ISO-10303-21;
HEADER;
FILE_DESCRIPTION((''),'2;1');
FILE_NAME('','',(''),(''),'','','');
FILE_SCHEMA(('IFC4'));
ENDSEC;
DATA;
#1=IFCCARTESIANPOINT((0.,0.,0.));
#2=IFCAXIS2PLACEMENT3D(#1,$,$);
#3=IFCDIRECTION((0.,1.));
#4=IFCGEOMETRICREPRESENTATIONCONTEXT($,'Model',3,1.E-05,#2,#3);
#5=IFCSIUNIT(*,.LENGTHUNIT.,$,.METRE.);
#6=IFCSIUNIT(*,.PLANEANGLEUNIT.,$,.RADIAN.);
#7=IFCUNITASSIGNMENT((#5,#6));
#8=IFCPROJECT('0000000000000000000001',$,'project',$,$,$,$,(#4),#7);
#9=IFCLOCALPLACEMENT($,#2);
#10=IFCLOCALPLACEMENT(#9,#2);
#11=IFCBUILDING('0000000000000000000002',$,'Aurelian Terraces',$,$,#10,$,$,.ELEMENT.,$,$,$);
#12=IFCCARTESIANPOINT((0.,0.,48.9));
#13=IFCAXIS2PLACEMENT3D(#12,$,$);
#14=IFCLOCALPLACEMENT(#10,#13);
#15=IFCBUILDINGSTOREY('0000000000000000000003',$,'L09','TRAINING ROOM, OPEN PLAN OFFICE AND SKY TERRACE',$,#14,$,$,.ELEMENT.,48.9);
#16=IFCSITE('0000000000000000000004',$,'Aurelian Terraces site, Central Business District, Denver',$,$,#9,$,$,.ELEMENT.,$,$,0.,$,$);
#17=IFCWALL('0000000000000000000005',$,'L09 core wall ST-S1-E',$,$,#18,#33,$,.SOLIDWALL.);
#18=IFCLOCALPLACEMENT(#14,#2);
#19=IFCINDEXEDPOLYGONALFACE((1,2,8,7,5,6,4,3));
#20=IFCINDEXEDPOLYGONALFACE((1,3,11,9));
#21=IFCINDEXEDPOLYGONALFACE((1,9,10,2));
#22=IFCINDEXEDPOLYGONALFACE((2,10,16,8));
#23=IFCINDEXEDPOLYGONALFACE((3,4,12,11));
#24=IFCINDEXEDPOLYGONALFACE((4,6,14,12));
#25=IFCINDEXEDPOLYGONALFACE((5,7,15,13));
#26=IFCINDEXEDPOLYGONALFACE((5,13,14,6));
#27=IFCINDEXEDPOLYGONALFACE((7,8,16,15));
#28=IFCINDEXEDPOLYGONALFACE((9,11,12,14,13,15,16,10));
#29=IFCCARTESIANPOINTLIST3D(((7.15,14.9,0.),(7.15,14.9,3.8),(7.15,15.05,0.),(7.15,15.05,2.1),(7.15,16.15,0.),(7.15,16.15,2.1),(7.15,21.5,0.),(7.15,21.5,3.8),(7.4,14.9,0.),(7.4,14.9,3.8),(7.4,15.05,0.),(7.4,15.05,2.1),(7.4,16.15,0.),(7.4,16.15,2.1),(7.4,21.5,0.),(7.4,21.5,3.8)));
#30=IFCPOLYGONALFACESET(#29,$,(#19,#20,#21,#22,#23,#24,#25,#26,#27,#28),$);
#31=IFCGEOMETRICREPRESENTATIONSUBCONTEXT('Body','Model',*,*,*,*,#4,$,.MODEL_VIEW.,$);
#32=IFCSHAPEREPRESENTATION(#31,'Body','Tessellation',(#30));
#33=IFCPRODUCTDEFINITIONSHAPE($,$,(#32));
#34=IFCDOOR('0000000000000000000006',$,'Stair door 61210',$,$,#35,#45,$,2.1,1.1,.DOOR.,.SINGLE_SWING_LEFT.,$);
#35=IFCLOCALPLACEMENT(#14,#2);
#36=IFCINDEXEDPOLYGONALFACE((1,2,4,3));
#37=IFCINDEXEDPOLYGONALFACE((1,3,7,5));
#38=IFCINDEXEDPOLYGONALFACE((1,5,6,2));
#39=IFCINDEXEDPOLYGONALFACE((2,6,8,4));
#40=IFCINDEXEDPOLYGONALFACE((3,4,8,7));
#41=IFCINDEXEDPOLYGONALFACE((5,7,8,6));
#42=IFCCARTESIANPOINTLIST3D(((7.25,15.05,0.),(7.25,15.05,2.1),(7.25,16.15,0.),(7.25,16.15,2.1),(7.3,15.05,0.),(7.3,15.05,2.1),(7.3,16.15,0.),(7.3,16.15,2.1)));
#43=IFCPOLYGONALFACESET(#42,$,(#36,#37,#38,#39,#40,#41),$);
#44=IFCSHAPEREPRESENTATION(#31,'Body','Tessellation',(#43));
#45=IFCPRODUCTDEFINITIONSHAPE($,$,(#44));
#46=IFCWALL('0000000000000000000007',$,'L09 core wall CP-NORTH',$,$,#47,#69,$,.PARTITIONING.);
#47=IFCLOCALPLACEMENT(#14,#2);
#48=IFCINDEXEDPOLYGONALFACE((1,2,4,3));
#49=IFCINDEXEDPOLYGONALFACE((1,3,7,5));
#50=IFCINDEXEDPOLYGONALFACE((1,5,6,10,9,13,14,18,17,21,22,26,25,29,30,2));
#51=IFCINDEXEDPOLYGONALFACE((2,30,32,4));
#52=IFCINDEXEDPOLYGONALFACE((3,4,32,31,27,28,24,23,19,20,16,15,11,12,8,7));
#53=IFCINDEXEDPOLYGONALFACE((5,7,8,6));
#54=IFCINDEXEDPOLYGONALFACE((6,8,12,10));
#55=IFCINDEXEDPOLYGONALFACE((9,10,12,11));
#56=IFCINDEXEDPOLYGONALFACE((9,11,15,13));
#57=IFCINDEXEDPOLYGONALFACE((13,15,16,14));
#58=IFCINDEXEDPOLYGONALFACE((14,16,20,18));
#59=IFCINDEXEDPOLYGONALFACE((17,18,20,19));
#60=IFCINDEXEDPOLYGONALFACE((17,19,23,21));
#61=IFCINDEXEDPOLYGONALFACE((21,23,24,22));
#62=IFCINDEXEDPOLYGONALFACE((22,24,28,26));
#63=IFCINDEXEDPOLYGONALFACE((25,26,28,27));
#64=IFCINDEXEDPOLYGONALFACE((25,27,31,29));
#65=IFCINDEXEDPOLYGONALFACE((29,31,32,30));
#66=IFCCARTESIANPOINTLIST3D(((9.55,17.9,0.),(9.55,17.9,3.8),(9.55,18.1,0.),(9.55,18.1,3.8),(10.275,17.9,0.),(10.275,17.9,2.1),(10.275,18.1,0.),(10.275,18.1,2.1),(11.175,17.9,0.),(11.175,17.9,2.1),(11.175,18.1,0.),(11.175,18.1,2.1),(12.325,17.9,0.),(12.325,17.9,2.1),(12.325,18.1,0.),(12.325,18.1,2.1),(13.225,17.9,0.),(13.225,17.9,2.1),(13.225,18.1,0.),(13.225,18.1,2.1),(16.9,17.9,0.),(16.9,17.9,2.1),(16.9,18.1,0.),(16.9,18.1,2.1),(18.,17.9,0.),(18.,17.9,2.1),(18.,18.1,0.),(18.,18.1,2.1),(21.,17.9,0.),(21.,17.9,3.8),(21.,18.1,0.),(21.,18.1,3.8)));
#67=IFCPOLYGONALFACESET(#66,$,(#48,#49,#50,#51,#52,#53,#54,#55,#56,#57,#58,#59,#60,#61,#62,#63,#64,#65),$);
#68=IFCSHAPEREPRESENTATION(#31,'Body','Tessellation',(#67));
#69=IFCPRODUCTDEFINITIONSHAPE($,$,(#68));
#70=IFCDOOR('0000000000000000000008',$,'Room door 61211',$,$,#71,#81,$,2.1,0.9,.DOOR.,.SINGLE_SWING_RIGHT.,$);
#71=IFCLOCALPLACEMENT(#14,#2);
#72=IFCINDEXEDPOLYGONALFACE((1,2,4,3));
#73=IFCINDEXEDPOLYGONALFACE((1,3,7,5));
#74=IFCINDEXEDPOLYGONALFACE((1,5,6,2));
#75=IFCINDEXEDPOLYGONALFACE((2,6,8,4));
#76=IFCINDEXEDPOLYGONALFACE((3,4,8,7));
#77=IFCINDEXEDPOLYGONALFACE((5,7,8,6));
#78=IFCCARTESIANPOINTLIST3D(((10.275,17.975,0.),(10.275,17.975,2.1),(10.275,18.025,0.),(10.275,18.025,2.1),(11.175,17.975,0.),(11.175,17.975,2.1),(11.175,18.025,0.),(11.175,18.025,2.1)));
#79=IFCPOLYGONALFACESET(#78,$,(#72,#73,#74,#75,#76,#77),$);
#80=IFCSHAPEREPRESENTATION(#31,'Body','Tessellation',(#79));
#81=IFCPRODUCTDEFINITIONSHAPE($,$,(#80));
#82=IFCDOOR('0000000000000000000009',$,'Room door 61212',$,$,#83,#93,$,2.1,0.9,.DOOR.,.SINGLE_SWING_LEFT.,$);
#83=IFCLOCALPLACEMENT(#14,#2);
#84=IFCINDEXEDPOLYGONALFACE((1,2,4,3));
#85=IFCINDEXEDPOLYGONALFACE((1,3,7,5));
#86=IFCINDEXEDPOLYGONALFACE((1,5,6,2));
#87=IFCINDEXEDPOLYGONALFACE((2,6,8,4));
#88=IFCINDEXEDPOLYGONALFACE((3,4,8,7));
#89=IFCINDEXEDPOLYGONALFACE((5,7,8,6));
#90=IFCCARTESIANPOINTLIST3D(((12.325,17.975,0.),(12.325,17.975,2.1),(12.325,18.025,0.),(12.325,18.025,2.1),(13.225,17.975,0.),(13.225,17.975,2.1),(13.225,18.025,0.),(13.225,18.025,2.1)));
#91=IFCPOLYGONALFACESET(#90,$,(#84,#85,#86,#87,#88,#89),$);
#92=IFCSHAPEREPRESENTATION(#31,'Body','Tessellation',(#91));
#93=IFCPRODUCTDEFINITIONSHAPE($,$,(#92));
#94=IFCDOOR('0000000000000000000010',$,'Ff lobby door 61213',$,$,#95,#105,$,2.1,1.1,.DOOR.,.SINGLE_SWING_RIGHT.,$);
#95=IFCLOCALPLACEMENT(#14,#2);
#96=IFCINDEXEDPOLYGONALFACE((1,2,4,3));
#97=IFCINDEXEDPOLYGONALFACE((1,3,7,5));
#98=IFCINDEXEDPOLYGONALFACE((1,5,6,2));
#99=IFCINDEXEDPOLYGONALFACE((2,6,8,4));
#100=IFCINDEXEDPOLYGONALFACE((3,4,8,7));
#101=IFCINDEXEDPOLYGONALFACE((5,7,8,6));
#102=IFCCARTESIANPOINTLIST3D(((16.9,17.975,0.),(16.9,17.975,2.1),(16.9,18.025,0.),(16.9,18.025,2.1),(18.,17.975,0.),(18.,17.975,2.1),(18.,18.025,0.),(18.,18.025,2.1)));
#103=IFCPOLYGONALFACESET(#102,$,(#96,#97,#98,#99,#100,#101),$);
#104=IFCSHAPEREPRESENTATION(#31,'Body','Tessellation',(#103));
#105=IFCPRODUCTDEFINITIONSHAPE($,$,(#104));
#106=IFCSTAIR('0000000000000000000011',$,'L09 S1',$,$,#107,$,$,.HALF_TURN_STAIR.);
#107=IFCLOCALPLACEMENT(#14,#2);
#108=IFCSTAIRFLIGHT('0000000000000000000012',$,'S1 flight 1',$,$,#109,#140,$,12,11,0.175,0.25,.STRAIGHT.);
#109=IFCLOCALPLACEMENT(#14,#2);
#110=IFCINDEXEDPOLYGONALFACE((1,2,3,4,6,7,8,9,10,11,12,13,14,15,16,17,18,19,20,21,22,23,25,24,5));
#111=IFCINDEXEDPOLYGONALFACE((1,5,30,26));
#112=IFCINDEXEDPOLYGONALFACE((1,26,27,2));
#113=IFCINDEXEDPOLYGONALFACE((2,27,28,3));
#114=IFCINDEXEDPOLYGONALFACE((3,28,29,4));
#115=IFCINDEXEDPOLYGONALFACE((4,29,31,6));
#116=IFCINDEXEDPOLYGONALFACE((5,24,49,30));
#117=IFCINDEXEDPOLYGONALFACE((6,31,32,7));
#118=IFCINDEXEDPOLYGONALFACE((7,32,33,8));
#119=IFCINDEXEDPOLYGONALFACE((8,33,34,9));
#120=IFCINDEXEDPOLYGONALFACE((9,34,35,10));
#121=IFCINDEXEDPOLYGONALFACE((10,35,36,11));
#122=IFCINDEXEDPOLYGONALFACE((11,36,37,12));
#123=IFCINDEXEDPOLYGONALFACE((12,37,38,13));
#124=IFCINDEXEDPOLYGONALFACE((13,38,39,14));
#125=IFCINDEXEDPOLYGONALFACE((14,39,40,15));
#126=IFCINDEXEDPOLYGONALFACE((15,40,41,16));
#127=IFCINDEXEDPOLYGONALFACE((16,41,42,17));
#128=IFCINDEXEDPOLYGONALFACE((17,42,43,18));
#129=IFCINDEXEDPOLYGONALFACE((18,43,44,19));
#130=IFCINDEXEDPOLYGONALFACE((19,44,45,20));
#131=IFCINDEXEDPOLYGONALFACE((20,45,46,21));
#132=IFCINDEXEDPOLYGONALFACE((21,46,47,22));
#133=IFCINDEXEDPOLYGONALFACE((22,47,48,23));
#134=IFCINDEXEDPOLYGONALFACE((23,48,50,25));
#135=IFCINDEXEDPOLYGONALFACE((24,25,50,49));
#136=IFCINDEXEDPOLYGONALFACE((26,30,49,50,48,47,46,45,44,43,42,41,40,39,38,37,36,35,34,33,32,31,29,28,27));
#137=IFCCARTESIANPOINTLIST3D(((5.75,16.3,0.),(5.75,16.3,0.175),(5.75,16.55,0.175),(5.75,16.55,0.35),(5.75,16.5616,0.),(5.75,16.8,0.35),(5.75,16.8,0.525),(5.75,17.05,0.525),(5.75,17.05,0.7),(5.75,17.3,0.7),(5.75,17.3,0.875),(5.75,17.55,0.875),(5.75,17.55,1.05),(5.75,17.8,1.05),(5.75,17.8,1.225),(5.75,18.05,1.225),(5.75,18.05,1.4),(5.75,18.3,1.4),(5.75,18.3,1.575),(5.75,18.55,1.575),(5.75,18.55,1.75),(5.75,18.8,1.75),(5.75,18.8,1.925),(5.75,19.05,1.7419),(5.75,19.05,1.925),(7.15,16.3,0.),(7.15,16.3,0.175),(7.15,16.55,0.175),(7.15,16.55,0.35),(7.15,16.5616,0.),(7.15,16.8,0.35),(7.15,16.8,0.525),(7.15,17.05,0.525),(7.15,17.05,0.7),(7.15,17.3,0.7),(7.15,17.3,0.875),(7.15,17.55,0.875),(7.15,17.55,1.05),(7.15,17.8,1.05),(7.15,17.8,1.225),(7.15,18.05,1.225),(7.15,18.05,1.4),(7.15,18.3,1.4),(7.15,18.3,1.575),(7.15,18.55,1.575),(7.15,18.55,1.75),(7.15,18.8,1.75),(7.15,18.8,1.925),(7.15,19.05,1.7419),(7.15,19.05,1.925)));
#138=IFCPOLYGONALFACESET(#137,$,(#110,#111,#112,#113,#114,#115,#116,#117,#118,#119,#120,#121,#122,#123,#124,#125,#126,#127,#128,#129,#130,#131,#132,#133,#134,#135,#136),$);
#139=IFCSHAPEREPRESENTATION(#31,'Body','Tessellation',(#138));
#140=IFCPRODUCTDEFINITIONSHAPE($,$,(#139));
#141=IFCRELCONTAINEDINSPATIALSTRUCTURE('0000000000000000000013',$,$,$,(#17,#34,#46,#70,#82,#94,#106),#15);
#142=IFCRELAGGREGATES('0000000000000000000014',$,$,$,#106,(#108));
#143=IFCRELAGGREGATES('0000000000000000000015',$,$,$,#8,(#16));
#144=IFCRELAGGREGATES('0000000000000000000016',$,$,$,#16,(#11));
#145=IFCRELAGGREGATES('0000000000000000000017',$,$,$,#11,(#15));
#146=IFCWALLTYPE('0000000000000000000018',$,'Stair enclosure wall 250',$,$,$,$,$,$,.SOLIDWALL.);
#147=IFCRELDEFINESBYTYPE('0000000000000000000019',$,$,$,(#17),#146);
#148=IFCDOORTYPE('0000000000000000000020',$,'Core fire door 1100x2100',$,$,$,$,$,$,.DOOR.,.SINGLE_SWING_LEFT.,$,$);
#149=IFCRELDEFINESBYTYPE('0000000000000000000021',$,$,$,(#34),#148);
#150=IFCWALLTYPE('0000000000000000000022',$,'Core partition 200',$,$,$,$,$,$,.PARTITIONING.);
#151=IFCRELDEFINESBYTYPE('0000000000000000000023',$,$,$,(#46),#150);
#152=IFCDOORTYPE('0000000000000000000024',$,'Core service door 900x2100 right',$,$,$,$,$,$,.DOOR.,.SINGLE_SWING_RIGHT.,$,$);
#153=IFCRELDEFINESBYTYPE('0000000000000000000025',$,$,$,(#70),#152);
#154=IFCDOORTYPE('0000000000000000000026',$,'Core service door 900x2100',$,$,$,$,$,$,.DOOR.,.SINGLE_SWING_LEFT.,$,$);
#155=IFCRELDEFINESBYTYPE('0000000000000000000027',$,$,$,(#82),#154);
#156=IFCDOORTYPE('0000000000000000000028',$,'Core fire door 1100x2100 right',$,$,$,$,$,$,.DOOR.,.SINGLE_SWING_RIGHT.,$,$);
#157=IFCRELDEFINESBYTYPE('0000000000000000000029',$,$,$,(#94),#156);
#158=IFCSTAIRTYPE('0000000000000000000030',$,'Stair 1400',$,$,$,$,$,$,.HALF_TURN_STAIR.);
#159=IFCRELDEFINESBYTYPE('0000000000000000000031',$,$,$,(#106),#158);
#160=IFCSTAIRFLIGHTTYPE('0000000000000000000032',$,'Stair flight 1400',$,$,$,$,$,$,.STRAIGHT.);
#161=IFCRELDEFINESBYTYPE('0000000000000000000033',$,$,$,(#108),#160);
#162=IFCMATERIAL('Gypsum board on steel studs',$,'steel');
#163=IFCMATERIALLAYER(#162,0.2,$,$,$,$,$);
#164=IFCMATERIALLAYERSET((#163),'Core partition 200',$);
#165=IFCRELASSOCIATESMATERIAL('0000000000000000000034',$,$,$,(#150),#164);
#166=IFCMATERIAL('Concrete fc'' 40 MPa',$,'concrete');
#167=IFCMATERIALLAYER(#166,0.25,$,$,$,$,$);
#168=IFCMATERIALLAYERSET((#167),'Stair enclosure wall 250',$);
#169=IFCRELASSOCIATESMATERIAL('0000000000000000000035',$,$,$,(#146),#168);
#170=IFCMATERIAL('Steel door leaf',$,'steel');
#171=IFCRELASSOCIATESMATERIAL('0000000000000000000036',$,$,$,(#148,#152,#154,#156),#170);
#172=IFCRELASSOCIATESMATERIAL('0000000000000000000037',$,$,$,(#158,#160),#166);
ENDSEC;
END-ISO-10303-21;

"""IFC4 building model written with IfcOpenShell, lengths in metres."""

from ifc_helpers import new_model, si_unit, direction, frame, frame_2d, origin, place, context, subcontext, project, spatial, polyline, rectangle, outline, extrude, source, transform, mapped, material, layer, layer_set, type_object, element, fill, aggregate, save


model = new_model("IFC4")

# Units and contexts
model_context = context("Model", 3, precision=1e-05, world=origin(), true_north=direction((0.0, 1.0)))
body_context = subcontext(model_context, "Body", "Model", "MODEL_VIEW")
ifc_project = project(units=[si_unit("LENGTHUNIT", "METRE"), si_unit("PLANEANGLEUNIT", "RADIAN")], contexts=[model_context])

# Site, building, storey
site_placement = place(None, origin())
site = spatial("IfcSite", under=ifc_project, at=site_placement, Name="Aurelian Terraces site, Central Business District, Denver", CompositionType="ELEMENT", RefElevation=0.0)
building_placement = place(site_placement, origin())
building = spatial("IfcBuilding", under=site, at=building_placement, Name="Aurelian Terraces", CompositionType="ELEMENT")
storey_placement = place(building_placement, frame((0.0, 0.0, 48.9)))
storey = spatial("IfcBuildingStorey", under=building, at=storey_placement, Name="L09", Description="TRAINING ROOM, OPEN PLAN OFFICE AND SKY TERRACE", CompositionType="ELEMENT", Elevation=48.9)

# Shared definitions
ifc_material_1 = material(Name="Steel door leaf", Category="steel")

# Shared definitions
ifc_material_2 = material(Name="Concrete fc' 40 MPa", Category="concrete")
ifc_material_3 = material(Name="Gypsum board on steel studs", Category="steel")
ifc_layer_1 = layer(ifc_material_3, 0.2)
ifc_layer_set_1 = layer_set([ifc_layer_1], Name="Core partition 200")
wall_type_1 = type_object("IfcWallType", Name="Core partition 200", PredefinedType="PARTITIONING", material=ifc_layer_set_1)

# Wall, opening, door
ifc_layer_2 = layer(ifc_material_2, 0.25)
ifc_layer_set_2 = layer_set([ifc_layer_2], Name="Stair enclosure wall 250")
wall_type_2 = type_object("IfcWallType", Name="Stair enclosure wall 250", PredefinedType="SOLIDWALL", material=ifc_layer_set_2)
shared_shape_1 = source(origin(), body_context, "Body", "SweptSolid", [
    extrude(rectangle(XDim=6.6, YDim=0.25, at=frame_2d((3.3, 0.0))), origin(), (0.0, 0.0, 1.0), 3.8),
])
wall_1_placement = place(storey_placement, frame((7.275, 14.9, 0.0), z_axis=(0.0, 0.0, 1.0), x_axis=(0.0, 1.0, 0.0)))
wall_1 = element("IfcWall", 1, at=wall_1_placement, inside=storey, type_object=wall_type_2, Name="L09 core wall ST-S1-E", PredefinedType="SOLIDWALL", context=body_context, shape_type="MappedRepresentation", body=[
    mapped(shared_shape_1, transform((0.0, 0.0, 0.0), scale=1.0)),
])
shared_shape_2 = source(origin(), body_context, "Body", "SweptSolid", [
    extrude(rectangle(XDim=1.1, YDim=2.1, at=frame_2d((0.55, 1.05))), frame((0.0, 0.135, 0.0), z_axis=(0.0, -1.0, 0.0), x_axis=(1.0, 0.0, 0.0)), (0.0, 0.0, 1.0), 0.27),
])
opening_1_placement = place(wall_1_placement, frame((0.15, 0.0, 0.0)))
opening_1 = element("IfcOpeningElement", 2, at=opening_1_placement, cuts=wall_1, PredefinedType="OPENING", context=body_context, shape_type="MappedRepresentation", body=[
    mapped(shared_shape_2, transform((0.0, 0.0, 0.0), scale=1.0)),
])
door_type_1 = type_object("IfcDoorType", Name="Core fire door 1100x2100", OperationType="SINGLE_SWING_LEFT", PredefinedType="DOOR", material=ifc_material_1)
shared_shape_3 = source(origin(), body_context, "Body", "SweptSolid", [
    extrude(rectangle(XDim=1.1, YDim=2.1, at=frame_2d((0.55, 1.05))), frame((0.0, 0.025, 0.0), z_axis=(0.0, -1.0, 0.0), x_axis=(1.0, 0.0, 0.0)), (0.0, 0.0, 1.0), 0.05),
])
door_1_placement = place(opening_1_placement, origin())
door_1 = element("IfcDoor", 3, at=door_1_placement, inside=storey, type_object=door_type_1, Name="Stair door 61210", OperationType="SINGLE_SWING_LEFT", OverallHeight=2.1, OverallWidth=1.1, PredefinedType="DOOR", context=body_context, shape_type="MappedRepresentation", body=[
    mapped(shared_shape_3, transform((0.0, 0.0, 0.0), scale=1.0)),
])
fill(opening_1, door_1)

# Wall, openings, doors
shared_shape_4 = source(origin(), body_context, "Body", "SweptSolid", [
    extrude(rectangle(XDim=11.45, YDim=0.2, at=frame_2d((5.725, 0.0))), origin(), (0.0, 0.0, 1.0), 3.8),
])
wall_2_placement = place(storey_placement, frame((9.55, 18.0, 0.0), z_axis=(0.0, 0.0, 1.0), x_axis=(1.0, 0.0, 0.0)))
wall_2 = element("IfcWall", 4, at=wall_2_placement, inside=storey, type_object=wall_type_1, Name="L09 core wall CP-NORTH", PredefinedType="PARTITIONING", context=body_context, shape_type="MappedRepresentation", body=[
    mapped(shared_shape_4, transform((0.0, 0.0, 0.0), scale=1.0)),
])
shared_shape_5 = source(origin(), body_context, "Body", "SweptSolid", [
    extrude(rectangle(XDim=0.9, YDim=2.1, at=frame_2d((0.45, 1.05))), frame((0.0, 0.11, 0.0), z_axis=(0.0, -1.0, 0.0), x_axis=(1.0, 0.0, 0.0)), (0.0, 0.0, 1.0), 0.22),
])
opening_2_placement = place(wall_2_placement, frame((0.725, 0.0, 0.0)))
opening_2 = element("IfcOpeningElement", 5, at=opening_2_placement, cuts=wall_2, PredefinedType="OPENING", context=body_context, shape_type="MappedRepresentation", body=[
    mapped(shared_shape_5, transform((0.0, 0.0, 0.0), scale=1.0)),
])
opening_3_placement = place(wall_2_placement, frame((2.775, 0.0, 0.0)))
opening_3 = element("IfcOpeningElement", 6, at=opening_3_placement, cuts=wall_2, PredefinedType="OPENING", context=body_context, shape_type="MappedRepresentation", body=[
    mapped(shared_shape_5, transform((0.0, 0.0, 0.0), scale=1.0)),
])
shared_shape_6 = source(origin(), body_context, "Body", "SweptSolid", [
    extrude(rectangle(XDim=1.1, YDim=2.1, at=frame_2d((0.55, 1.05))), frame((0.0, 0.11, 0.0), z_axis=(0.0, -1.0, 0.0), x_axis=(1.0, 0.0, 0.0)), (0.0, 0.0, 1.0), 0.22),
])
opening_4_placement = place(wall_2_placement, frame((7.35, 0.0, 0.0)))
opening_4 = element("IfcOpeningElement", 7, at=opening_4_placement, cuts=wall_2, PredefinedType="OPENING", context=body_context, shape_type="MappedRepresentation", body=[
    mapped(shared_shape_6, transform((0.0, 0.0, 0.0), scale=1.0)),
])
door_type_2 = type_object("IfcDoorType", Name="Core service door 900x2100 right", OperationType="SINGLE_SWING_RIGHT", PredefinedType="DOOR", material=ifc_material_1)
shared_shape_7 = source(origin(), body_context, "Body", "SweptSolid", [
    extrude(rectangle(XDim=0.9, YDim=2.1, at=frame_2d((0.45, 1.05))), frame((0.0, 0.025, 0.0), z_axis=(0.0, -1.0, 0.0), x_axis=(1.0, 0.0, 0.0)), (0.0, 0.0, 1.0), 0.05),
])
door_2_placement = place(opening_2_placement, origin())
door_2 = element("IfcDoor", 8, at=door_2_placement, inside=storey, type_object=door_type_2, Name="Room door 61211", OperationType="SINGLE_SWING_RIGHT", OverallHeight=2.1, OverallWidth=0.9, PredefinedType="DOOR", context=body_context, shape_type="MappedRepresentation", body=[
    mapped(shared_shape_7, transform((0.0, 0.0, 0.0), scale=1.0)),
])
fill(opening_2, door_2)
door_type_3 = type_object("IfcDoorType", Name="Core service door 900x2100", OperationType="SINGLE_SWING_LEFT", PredefinedType="DOOR", material=ifc_material_1)
door_3_placement = place(opening_3_placement, origin())
door_3 = element("IfcDoor", 9, at=door_3_placement, inside=storey, type_object=door_type_3, Name="Room door 61212", OperationType="SINGLE_SWING_LEFT", OverallHeight=2.1, OverallWidth=0.9, PredefinedType="DOOR", context=body_context, shape_type="MappedRepresentation", body=[
    mapped(shared_shape_7, transform((0.0, 0.0, 0.0), scale=1.0)),
])
fill(opening_3, door_3)
door_type_4 = type_object("IfcDoorType", Name="Core fire door 1100x2100 right", OperationType="SINGLE_SWING_RIGHT", PredefinedType="DOOR", material=ifc_material_1)
door_4_placement = place(opening_4_placement, origin())
door_4 = element("IfcDoor", 10, at=door_4_placement, inside=storey, type_object=door_type_4, Name="Ff lobby door 61213", OperationType="SINGLE_SWING_RIGHT", OverallHeight=2.1, OverallWidth=1.1, PredefinedType="DOOR", context=body_context, shape_type="MappedRepresentation", body=[
    mapped(shared_shape_3, transform((0.0, 0.0, 0.0), scale=1.0)),
])
fill(opening_4, door_4)

# Stair, stair flight
stair_type = type_object("IfcStairType", Name="Stair 1400", PredefinedType="HALF_TURN_STAIR", material=ifc_material_2)
stair_placement = place(storey_placement, origin())
stair = element("IfcStair", 11, at=stair_placement, inside=storey, type_object=stair_type, Name="L09 S1", PredefinedType="HALF_TURN_STAIR")
stair_flight_type = type_object("IfcStairFlightType", Name="Stair flight 1400", PredefinedType="STRAIGHT", material=ifc_material_2)
shared_shape_8 = source(origin(), body_context, "Body", "SweptSolid", [
    extrude(outline(polyline([(0.0, 0.0), (0.0, 0.175), (0.25, 0.175), (0.25, 0.35), (0.5, 0.35), (0.5, 0.525), (0.75, 0.525), (0.75, 0.7), (1.0, 0.7), (1.0, 0.875), (1.25, 0.875), (1.25, 1.05), (1.5, 1.05), (1.5, 1.225), (1.75, 1.225), (1.75, 1.4), (2.0, 1.4), (2.0, 1.575), (2.25, 1.575), (2.25, 1.75), (2.5, 1.75), (2.5, 1.925), (2.75, 1.925), (2.75, 2.1), (2.75, 1.7419), (0.2616, 0.0), (0.0, 0.0)])), frame((0.0, 0.7, 0.0), z_axis=(0.0, -1.0, 0.0), x_axis=(1.0, 0.0, 0.0)), (0.0, 0.0, 1.0), 1.4),
])
stair_flight_1_placement = place(storey_placement, frame((6.45, 16.3, 0.0), z_axis=(0.0, 0.0, 1.0), x_axis=(0.0, 1.0, 0.0)))
stair_flight_1 = element("IfcStairFlight", 12, at=stair_flight_1_placement, type_object=stair_flight_type, Name="S1 flight 1", NumberOfRisers=12, NumberOfTreads=11, PredefinedType="STRAIGHT", RiserHeight=0.175, TreadLength=0.25, context=body_context, shape_type="MappedRepresentation", body=[
    mapped(shared_shape_8, transform((0.0, 0.0, 0.0), scale=1.0)),
])
aggregate(stair, [stair_flight_1])

save(model, "model.ifc")
